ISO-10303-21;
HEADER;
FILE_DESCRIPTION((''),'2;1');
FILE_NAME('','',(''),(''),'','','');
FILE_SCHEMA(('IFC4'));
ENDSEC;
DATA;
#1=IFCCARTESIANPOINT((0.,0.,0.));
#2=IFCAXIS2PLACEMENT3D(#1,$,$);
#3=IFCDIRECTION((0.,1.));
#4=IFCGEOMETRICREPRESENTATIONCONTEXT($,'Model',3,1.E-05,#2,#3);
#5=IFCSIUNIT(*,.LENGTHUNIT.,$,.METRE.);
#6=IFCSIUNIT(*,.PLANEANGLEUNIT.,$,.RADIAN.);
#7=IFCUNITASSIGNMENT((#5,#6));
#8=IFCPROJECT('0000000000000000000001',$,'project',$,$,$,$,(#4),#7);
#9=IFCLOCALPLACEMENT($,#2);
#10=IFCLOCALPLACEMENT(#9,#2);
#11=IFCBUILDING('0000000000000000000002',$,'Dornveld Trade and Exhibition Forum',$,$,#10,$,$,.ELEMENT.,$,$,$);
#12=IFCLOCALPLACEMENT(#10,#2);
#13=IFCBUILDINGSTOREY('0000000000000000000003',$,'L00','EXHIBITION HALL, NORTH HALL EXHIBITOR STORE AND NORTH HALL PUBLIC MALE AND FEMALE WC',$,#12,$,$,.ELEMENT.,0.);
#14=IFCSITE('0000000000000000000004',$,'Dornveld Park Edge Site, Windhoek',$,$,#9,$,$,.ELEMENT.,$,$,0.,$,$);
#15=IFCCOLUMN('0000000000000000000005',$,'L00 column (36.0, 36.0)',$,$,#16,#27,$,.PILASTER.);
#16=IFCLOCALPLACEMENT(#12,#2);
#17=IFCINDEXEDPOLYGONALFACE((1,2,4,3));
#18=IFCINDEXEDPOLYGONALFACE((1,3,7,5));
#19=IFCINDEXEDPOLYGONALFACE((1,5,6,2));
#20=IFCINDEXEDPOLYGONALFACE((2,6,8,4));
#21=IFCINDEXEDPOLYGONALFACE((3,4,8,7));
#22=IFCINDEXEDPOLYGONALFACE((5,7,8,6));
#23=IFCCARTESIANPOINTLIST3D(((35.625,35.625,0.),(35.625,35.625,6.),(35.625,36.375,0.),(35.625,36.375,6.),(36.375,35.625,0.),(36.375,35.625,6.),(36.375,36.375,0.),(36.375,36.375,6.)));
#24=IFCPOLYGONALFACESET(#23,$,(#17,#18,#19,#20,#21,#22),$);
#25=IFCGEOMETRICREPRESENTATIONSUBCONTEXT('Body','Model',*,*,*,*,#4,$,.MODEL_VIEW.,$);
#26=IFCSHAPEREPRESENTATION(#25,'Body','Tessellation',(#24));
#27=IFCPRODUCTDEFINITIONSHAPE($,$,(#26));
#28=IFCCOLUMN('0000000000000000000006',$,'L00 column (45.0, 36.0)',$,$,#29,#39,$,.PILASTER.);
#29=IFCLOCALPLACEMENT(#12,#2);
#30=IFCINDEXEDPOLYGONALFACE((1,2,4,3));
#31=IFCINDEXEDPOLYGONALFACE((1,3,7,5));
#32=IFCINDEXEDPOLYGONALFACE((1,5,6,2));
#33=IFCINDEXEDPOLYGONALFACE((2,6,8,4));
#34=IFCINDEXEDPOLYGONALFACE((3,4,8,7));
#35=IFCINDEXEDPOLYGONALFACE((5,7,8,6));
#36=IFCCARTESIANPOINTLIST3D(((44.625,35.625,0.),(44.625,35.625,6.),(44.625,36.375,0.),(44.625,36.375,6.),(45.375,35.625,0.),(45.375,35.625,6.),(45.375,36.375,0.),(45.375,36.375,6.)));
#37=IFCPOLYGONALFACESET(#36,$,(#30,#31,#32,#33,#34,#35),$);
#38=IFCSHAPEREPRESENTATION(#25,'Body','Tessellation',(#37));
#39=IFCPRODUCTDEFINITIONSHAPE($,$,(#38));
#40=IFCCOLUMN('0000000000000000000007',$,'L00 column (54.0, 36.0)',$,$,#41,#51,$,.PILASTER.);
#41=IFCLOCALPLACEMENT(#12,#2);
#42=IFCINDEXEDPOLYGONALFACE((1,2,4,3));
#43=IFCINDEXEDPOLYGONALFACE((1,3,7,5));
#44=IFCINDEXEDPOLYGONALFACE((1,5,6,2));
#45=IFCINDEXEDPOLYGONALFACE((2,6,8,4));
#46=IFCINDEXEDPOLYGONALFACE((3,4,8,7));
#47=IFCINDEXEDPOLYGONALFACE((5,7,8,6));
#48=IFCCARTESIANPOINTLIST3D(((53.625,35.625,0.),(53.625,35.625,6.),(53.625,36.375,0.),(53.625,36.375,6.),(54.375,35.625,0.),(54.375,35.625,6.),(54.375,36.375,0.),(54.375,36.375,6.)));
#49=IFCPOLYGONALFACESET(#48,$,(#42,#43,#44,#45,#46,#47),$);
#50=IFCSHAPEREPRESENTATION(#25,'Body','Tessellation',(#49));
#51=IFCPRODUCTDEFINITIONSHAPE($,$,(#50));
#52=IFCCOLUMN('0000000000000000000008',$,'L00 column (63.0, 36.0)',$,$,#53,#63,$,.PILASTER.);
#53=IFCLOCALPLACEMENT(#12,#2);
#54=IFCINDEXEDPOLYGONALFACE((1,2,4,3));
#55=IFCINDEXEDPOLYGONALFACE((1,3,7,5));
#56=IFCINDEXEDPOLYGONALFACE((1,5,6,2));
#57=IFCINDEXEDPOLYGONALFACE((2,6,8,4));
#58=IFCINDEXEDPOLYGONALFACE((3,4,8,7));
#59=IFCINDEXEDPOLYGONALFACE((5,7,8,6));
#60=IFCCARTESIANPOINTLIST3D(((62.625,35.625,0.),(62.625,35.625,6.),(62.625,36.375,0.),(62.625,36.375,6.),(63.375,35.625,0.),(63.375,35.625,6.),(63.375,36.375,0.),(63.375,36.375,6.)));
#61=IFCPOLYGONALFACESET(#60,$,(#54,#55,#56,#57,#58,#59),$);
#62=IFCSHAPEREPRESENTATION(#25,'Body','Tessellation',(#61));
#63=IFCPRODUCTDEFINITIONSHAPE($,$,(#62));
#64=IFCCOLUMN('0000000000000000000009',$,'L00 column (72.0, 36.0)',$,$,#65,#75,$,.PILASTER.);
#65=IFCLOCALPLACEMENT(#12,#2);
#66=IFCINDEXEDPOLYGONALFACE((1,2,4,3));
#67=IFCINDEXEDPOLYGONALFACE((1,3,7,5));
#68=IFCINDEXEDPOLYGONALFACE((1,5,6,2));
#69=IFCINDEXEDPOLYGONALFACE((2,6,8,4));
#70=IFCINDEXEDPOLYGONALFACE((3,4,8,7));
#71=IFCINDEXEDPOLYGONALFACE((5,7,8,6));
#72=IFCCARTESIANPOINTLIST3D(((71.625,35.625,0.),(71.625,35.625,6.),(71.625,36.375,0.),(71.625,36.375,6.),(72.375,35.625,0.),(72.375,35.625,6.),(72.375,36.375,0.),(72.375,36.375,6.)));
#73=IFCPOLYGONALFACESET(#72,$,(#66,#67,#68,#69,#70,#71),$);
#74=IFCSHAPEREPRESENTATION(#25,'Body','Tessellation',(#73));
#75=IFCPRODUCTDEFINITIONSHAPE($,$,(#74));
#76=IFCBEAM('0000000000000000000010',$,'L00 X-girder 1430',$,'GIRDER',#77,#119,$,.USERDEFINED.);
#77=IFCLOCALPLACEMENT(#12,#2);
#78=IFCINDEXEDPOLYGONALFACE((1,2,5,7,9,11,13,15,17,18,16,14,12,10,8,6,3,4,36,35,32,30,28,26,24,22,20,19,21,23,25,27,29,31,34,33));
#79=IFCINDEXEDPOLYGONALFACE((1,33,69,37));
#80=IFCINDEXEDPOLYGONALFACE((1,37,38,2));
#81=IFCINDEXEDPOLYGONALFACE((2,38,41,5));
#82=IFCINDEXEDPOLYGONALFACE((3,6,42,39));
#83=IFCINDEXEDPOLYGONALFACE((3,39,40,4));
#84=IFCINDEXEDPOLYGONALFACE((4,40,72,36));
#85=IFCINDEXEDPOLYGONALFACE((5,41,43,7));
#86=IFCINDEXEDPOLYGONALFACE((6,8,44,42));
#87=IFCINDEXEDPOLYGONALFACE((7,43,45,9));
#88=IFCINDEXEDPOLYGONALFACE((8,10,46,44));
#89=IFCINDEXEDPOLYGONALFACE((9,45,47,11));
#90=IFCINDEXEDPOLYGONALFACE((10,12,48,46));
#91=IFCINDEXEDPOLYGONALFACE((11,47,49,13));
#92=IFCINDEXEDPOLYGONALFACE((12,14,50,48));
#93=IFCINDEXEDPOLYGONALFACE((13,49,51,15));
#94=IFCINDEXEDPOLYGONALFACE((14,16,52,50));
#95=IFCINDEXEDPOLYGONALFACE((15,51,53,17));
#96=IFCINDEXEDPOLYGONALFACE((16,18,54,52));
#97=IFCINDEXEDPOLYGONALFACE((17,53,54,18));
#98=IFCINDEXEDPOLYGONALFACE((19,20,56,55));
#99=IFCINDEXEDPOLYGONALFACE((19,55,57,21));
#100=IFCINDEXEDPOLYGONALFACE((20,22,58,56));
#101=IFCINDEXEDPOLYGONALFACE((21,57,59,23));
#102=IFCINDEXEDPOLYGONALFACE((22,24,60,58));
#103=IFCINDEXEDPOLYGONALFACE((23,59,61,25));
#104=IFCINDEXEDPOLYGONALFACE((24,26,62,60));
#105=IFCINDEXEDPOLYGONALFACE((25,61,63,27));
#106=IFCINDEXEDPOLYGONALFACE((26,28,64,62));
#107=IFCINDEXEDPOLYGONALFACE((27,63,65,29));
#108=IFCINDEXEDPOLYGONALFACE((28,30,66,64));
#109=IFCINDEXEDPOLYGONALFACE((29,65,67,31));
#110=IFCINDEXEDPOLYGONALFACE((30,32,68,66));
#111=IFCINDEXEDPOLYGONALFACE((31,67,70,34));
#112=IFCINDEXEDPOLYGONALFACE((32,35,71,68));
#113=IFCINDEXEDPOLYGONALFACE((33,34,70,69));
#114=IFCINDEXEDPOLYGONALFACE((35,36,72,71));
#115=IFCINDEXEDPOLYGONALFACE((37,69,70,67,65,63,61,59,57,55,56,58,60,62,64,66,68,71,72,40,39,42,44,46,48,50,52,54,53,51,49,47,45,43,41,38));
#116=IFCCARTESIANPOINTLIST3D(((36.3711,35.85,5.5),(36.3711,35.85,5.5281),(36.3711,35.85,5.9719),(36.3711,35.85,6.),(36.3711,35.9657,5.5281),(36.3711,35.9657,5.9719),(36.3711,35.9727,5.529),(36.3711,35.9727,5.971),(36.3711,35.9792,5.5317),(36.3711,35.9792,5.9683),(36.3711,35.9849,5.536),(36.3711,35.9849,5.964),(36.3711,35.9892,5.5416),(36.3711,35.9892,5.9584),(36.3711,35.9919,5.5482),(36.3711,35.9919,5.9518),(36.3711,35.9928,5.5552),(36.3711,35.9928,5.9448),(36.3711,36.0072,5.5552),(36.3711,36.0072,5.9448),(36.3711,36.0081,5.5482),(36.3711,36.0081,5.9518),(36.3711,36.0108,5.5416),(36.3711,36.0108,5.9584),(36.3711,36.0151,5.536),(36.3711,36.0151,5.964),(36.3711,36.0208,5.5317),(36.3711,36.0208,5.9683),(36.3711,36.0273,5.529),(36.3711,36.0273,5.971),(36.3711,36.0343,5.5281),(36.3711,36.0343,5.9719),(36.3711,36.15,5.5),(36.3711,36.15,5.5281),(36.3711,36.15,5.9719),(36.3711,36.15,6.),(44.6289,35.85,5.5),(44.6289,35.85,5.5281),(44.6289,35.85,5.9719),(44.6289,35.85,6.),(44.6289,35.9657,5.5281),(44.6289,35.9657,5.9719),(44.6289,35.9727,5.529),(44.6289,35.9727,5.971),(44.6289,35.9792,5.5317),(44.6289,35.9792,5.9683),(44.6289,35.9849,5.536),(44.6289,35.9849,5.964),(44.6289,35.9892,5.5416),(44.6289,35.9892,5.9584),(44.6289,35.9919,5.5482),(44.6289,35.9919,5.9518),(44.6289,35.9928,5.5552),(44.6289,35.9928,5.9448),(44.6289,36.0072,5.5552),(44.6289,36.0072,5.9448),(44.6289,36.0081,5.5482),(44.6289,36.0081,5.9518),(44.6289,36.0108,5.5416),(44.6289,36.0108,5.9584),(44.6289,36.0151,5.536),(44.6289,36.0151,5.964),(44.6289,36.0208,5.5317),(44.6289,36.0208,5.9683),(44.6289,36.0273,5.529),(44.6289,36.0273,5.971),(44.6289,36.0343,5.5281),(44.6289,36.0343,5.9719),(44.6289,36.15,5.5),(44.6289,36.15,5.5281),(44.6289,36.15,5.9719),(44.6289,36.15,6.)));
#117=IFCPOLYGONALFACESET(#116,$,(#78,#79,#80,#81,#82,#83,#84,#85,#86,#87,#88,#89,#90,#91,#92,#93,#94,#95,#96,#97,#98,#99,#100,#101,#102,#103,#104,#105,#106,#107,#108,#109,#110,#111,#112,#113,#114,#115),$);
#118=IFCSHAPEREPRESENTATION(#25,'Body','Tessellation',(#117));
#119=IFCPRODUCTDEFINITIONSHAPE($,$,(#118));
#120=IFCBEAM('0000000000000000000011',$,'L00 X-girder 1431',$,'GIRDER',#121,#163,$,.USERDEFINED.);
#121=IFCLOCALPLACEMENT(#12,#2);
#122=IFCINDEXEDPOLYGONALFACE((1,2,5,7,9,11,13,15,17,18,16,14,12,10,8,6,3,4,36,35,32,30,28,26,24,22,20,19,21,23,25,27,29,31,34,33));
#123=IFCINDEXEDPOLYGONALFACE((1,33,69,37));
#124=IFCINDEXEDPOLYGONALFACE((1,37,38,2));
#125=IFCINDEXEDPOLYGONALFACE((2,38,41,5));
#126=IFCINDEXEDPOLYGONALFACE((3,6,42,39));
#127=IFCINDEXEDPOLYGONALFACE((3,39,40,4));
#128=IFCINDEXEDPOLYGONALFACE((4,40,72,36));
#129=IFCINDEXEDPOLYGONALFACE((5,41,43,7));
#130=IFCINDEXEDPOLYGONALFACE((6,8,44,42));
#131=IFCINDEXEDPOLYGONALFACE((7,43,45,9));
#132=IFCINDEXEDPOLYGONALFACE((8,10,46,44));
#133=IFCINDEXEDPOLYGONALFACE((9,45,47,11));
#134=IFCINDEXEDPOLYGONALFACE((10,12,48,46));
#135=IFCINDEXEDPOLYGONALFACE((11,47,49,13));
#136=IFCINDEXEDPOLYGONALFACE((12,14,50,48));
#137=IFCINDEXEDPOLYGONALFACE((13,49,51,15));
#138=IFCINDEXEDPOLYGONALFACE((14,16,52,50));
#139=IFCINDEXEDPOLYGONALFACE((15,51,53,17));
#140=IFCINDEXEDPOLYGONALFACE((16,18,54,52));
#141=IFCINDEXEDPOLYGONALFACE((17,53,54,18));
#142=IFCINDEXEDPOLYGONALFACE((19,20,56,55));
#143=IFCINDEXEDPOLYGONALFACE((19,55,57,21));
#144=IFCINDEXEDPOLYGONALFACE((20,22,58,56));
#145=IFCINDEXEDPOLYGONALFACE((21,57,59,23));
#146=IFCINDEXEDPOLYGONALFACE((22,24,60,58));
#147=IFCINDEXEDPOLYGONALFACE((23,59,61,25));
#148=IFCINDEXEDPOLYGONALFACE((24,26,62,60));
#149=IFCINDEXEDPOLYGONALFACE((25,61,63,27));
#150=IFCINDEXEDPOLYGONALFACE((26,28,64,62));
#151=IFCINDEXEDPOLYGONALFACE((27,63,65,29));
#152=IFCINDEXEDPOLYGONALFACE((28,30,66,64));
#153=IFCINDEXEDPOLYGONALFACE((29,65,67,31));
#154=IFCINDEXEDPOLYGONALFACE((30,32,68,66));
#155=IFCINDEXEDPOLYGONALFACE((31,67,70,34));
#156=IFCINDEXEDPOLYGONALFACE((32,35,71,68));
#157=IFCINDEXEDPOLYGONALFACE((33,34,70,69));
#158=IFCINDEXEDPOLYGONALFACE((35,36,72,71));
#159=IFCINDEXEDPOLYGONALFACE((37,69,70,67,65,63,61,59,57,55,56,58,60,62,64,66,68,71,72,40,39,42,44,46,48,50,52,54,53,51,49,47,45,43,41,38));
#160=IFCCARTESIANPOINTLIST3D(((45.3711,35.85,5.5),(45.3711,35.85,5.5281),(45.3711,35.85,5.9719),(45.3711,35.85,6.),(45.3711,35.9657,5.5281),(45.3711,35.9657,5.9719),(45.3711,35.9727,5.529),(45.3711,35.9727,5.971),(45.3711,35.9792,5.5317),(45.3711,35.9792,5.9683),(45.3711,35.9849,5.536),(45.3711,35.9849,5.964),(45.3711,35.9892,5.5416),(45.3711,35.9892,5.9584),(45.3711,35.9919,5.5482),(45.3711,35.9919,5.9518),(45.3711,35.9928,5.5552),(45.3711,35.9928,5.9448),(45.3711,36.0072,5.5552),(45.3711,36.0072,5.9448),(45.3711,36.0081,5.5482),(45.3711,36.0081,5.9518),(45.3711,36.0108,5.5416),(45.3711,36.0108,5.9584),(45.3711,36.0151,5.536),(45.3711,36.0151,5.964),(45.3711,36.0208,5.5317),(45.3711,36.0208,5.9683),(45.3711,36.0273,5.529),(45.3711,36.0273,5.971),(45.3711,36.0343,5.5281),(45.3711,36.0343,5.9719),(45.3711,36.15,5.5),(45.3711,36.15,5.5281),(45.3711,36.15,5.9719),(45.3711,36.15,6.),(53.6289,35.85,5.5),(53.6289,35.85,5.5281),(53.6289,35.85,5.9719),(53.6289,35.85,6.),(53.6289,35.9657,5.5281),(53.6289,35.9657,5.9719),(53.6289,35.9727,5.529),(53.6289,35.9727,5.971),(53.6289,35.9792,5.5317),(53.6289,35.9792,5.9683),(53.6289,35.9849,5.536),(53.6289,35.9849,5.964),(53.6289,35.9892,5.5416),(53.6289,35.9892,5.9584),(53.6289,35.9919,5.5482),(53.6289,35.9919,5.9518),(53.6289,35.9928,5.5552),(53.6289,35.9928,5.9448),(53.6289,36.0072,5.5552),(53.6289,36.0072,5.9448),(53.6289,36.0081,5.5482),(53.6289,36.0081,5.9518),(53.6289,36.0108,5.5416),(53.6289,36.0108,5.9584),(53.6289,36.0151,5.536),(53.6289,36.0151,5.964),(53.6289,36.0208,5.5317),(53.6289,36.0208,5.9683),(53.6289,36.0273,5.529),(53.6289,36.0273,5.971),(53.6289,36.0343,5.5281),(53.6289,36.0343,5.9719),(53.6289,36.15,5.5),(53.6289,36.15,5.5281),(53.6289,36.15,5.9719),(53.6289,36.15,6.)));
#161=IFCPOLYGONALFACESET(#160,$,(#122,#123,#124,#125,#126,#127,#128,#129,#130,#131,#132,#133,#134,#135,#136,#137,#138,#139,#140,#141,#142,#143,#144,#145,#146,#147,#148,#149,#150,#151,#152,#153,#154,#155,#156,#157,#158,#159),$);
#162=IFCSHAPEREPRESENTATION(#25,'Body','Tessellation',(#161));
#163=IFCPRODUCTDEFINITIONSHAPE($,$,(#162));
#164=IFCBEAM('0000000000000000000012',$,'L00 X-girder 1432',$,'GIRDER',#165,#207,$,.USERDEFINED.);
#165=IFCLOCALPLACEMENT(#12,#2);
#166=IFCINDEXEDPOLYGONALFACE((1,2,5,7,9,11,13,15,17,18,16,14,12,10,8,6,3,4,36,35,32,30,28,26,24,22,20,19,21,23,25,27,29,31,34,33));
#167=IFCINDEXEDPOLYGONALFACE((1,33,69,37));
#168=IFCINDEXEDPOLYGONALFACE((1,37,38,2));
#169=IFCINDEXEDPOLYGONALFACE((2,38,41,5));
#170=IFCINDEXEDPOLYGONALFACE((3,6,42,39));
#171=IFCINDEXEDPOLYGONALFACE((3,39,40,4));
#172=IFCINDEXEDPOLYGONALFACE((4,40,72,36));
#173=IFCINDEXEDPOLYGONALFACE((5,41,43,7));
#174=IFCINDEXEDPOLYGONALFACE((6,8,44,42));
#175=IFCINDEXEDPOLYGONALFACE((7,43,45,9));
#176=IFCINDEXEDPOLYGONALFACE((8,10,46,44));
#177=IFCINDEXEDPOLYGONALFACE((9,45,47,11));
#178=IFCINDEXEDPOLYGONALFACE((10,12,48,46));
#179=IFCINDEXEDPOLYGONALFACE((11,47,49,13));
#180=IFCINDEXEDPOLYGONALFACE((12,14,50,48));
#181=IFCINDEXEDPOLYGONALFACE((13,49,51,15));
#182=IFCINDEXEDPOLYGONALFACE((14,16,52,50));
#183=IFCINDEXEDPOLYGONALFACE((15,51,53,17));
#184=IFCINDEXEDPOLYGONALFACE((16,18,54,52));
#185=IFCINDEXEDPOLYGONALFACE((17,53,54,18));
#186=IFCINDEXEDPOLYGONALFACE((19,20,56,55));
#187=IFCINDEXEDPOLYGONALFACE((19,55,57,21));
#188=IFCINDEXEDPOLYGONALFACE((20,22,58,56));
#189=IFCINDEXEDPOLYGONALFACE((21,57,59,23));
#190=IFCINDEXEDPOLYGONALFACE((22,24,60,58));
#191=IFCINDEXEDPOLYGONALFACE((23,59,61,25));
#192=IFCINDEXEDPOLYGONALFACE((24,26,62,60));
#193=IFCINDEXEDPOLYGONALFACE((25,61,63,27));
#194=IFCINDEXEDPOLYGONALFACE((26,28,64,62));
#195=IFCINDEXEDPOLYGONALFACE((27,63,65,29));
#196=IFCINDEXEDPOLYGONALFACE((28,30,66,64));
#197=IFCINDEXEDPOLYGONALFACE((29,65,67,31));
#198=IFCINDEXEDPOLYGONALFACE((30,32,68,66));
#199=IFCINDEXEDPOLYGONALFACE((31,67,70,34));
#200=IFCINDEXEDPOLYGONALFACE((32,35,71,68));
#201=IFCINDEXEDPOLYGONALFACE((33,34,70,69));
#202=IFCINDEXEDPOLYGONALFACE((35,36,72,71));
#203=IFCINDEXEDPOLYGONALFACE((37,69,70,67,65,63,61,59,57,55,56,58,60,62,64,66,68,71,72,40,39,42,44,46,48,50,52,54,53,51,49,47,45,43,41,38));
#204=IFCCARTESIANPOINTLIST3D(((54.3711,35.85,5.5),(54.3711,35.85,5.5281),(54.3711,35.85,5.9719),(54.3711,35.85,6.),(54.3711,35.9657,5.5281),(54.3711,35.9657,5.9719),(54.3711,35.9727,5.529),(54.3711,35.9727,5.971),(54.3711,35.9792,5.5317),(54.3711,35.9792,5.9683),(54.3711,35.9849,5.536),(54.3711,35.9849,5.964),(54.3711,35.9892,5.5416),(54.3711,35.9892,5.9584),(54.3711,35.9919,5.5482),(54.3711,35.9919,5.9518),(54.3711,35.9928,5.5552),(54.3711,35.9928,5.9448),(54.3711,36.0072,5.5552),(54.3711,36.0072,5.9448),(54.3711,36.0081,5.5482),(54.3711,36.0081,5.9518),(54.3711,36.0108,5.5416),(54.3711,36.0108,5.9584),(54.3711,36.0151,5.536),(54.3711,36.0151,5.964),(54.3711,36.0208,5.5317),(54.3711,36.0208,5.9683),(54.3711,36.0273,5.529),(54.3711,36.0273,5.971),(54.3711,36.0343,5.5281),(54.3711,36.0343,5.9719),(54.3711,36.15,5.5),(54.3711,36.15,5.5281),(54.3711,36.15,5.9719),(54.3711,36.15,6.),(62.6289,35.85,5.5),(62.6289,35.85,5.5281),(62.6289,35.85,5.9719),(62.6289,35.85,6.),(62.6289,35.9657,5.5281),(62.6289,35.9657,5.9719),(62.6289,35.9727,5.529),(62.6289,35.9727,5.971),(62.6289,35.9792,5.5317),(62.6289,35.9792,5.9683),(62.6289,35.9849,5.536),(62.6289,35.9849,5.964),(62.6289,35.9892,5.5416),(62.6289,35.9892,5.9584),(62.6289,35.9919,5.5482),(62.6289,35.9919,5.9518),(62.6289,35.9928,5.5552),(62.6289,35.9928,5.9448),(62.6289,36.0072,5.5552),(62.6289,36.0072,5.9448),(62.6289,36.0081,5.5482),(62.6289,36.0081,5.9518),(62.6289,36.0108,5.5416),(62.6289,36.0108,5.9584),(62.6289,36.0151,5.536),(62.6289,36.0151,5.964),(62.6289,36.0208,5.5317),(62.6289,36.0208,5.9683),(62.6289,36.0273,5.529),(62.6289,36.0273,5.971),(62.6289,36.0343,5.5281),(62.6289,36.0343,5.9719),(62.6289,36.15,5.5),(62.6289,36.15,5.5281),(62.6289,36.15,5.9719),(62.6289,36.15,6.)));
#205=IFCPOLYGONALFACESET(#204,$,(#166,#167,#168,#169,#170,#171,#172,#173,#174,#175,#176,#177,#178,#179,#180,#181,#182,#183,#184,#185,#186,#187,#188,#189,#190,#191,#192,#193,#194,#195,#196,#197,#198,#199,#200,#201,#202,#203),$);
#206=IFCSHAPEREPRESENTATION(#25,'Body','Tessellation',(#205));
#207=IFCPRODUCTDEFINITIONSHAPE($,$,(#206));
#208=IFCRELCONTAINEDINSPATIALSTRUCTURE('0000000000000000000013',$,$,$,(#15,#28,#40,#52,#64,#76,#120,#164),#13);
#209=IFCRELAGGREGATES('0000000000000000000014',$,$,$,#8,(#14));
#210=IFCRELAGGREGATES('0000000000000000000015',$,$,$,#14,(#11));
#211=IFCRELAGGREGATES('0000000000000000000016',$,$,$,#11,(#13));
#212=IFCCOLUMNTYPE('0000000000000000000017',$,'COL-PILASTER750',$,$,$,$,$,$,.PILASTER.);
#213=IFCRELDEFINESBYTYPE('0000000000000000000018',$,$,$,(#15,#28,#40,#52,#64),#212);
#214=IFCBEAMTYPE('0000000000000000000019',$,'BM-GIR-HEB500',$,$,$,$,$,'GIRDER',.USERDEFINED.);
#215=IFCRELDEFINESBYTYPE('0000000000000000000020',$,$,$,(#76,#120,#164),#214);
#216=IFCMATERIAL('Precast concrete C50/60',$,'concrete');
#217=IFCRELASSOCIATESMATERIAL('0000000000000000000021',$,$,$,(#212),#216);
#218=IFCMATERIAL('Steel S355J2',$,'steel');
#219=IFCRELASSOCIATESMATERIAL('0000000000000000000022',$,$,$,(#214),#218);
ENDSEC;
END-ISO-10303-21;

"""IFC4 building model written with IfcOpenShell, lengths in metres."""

from ifc_helpers import new_model, si_unit, direction, frame, origin, origin_2d, place, context, subcontext, project, spatial, rectangle, i_section, extrude, material, material_profile, profile_set, type_object, element, save


model = new_model("IFC4")

# Units and contexts
model_context = context("Model", 3, precision=1e-05, world=origin(), true_north=direction((0.0, 1.0)))
body_context = subcontext(model_context, "Body", "Model", "MODEL_VIEW")
ifc_project = project(units=[si_unit("LENGTHUNIT", "METRE"), si_unit("PLANEANGLEUNIT", "RADIAN")], contexts=[model_context])

# Site, building, storey
site_placement = place(None, origin())
site = spatial("IfcSite", under=ifc_project, at=site_placement, Name="Dornveld Park Edge Site, Windhoek", CompositionType="ELEMENT", RefElevation=0.0)
building_placement = place(site_placement, origin())
building = spatial("IfcBuilding", under=site, at=building_placement, Name="Dornveld Trade and Exhibition Forum", CompositionType="ELEMENT")
storey_placement = place(building_placement, origin())
storey = spatial("IfcBuildingStorey", under=building, at=storey_placement, Name="L00", Description="EXHIBITION HALL, NORTH HALL EXHIBITOR STORE AND NORTH HALL PUBLIC MALE AND FEMALE WC", CompositionType="ELEMENT", Elevation=0.0)

# Columns
ifc_material_1 = material(Name="Precast concrete C50/60", Category="concrete")
ifc_material_profile_1 = material_profile(ifc_material_1, rectangle(XDim=0.75, YDim=0.75, at=origin_2d()), Name="PC-COL 750x750")
ifc_profile_set_1 = profile_set([ifc_material_profile_1], Name="Precast concrete C50/60")
column_type = type_object("IfcColumnType", Name="COL-PILASTER750", PredefinedType="PILASTER", material=ifc_profile_set_1)
for number, where, z_axis, x_axis, name in (
    (1, (36.0, 36.0, 0.0), (0.0, 0.0, 1.0), (1.0, 0.0, 0.0), "L00 column (36.0, 36.0)"),
    (2, (45.0, 36.0, 0.0), (0.0, 0.0, 1.0), (1.0, 0.0, 0.0), "L00 column (45.0, 36.0)"),
    (3, (54.0, 36.0, 0.0), (0.0, 0.0, 1.0), (1.0, 0.0, 0.0), "L00 column (54.0, 36.0)"),
    (4, (63.0, 36.0, 0.0), (0.0, 0.0, 1.0), (1.0, 0.0, 0.0), "L00 column (63.0, 36.0)"),
    (5, (72.0, 36.0, 0.0), (0.0, 0.0, 1.0), (1.0, 0.0, 0.0), "L00 column (72.0, 36.0)"),
):
    element("IfcColumn", number, at=place(storey_placement, frame(where, z_axis=z_axis, x_axis=x_axis)), inside=storey, type_object=column_type, Name=name, PredefinedType="PILASTER", context=body_context, shape_type="SweptSolid", body=[
        extrude(rectangle(XDim=0.75, YDim=0.75, at=origin_2d()), origin(), (0.0, 0.0, 1.0), 6.0),
    ])

# Beams
ifc_material_2 = material(Name="Steel S355J2", Category="steel")
ifc_material_profile_2 = material_profile(ifc_material_2, i_section(OverallWidth=0.3, OverallDepth=0.5, WebThickness=0.0144, FlangeThickness=0.0281, FilletRadius=0.0271, at=origin_2d()), Name="HEB 500")
ifc_profile_set_2 = profile_set([ifc_material_profile_2], Name="Steel S355J2")
beam_type = type_object("IfcBeamType", Name="BM-GIR-HEB500", ElementType="GIRDER", PredefinedType="USERDEFINED", material=ifc_profile_set_2)
for number, where, z_axis, x_axis, name in (
    (6, (36.3711, 36.0, 5.75), (1.0, 0.0, 0.0), (0.0, 1.0, 0.0), "L00 X-girder 1430"),
    (7, (45.3711, 36.0, 5.75), (1.0, 0.0, 0.0), (0.0, 1.0, 0.0), "L00 X-girder 1431"),
    (8, (54.3711, 36.0, 5.75), (1.0, 0.0, 0.0), (0.0, 1.0, 0.0), "L00 X-girder 1432"),
):
    element("IfcBeam", number, at=place(storey_placement, frame(where, z_axis=z_axis, x_axis=x_axis)), inside=storey, type_object=beam_type, Name=name, ObjectType="GIRDER", PredefinedType="USERDEFINED", context=body_context, shape_type="SweptSolid", body=[
        extrude(i_section(OverallWidth=0.3, OverallDepth=0.5, WebThickness=0.0144, FlangeThickness=0.0281, FilletRadius=0.0271, at=origin_2d()), origin(), (0.0, 0.0, 1.0), 8.2578),
    ])

save(model, "model.ifc")
